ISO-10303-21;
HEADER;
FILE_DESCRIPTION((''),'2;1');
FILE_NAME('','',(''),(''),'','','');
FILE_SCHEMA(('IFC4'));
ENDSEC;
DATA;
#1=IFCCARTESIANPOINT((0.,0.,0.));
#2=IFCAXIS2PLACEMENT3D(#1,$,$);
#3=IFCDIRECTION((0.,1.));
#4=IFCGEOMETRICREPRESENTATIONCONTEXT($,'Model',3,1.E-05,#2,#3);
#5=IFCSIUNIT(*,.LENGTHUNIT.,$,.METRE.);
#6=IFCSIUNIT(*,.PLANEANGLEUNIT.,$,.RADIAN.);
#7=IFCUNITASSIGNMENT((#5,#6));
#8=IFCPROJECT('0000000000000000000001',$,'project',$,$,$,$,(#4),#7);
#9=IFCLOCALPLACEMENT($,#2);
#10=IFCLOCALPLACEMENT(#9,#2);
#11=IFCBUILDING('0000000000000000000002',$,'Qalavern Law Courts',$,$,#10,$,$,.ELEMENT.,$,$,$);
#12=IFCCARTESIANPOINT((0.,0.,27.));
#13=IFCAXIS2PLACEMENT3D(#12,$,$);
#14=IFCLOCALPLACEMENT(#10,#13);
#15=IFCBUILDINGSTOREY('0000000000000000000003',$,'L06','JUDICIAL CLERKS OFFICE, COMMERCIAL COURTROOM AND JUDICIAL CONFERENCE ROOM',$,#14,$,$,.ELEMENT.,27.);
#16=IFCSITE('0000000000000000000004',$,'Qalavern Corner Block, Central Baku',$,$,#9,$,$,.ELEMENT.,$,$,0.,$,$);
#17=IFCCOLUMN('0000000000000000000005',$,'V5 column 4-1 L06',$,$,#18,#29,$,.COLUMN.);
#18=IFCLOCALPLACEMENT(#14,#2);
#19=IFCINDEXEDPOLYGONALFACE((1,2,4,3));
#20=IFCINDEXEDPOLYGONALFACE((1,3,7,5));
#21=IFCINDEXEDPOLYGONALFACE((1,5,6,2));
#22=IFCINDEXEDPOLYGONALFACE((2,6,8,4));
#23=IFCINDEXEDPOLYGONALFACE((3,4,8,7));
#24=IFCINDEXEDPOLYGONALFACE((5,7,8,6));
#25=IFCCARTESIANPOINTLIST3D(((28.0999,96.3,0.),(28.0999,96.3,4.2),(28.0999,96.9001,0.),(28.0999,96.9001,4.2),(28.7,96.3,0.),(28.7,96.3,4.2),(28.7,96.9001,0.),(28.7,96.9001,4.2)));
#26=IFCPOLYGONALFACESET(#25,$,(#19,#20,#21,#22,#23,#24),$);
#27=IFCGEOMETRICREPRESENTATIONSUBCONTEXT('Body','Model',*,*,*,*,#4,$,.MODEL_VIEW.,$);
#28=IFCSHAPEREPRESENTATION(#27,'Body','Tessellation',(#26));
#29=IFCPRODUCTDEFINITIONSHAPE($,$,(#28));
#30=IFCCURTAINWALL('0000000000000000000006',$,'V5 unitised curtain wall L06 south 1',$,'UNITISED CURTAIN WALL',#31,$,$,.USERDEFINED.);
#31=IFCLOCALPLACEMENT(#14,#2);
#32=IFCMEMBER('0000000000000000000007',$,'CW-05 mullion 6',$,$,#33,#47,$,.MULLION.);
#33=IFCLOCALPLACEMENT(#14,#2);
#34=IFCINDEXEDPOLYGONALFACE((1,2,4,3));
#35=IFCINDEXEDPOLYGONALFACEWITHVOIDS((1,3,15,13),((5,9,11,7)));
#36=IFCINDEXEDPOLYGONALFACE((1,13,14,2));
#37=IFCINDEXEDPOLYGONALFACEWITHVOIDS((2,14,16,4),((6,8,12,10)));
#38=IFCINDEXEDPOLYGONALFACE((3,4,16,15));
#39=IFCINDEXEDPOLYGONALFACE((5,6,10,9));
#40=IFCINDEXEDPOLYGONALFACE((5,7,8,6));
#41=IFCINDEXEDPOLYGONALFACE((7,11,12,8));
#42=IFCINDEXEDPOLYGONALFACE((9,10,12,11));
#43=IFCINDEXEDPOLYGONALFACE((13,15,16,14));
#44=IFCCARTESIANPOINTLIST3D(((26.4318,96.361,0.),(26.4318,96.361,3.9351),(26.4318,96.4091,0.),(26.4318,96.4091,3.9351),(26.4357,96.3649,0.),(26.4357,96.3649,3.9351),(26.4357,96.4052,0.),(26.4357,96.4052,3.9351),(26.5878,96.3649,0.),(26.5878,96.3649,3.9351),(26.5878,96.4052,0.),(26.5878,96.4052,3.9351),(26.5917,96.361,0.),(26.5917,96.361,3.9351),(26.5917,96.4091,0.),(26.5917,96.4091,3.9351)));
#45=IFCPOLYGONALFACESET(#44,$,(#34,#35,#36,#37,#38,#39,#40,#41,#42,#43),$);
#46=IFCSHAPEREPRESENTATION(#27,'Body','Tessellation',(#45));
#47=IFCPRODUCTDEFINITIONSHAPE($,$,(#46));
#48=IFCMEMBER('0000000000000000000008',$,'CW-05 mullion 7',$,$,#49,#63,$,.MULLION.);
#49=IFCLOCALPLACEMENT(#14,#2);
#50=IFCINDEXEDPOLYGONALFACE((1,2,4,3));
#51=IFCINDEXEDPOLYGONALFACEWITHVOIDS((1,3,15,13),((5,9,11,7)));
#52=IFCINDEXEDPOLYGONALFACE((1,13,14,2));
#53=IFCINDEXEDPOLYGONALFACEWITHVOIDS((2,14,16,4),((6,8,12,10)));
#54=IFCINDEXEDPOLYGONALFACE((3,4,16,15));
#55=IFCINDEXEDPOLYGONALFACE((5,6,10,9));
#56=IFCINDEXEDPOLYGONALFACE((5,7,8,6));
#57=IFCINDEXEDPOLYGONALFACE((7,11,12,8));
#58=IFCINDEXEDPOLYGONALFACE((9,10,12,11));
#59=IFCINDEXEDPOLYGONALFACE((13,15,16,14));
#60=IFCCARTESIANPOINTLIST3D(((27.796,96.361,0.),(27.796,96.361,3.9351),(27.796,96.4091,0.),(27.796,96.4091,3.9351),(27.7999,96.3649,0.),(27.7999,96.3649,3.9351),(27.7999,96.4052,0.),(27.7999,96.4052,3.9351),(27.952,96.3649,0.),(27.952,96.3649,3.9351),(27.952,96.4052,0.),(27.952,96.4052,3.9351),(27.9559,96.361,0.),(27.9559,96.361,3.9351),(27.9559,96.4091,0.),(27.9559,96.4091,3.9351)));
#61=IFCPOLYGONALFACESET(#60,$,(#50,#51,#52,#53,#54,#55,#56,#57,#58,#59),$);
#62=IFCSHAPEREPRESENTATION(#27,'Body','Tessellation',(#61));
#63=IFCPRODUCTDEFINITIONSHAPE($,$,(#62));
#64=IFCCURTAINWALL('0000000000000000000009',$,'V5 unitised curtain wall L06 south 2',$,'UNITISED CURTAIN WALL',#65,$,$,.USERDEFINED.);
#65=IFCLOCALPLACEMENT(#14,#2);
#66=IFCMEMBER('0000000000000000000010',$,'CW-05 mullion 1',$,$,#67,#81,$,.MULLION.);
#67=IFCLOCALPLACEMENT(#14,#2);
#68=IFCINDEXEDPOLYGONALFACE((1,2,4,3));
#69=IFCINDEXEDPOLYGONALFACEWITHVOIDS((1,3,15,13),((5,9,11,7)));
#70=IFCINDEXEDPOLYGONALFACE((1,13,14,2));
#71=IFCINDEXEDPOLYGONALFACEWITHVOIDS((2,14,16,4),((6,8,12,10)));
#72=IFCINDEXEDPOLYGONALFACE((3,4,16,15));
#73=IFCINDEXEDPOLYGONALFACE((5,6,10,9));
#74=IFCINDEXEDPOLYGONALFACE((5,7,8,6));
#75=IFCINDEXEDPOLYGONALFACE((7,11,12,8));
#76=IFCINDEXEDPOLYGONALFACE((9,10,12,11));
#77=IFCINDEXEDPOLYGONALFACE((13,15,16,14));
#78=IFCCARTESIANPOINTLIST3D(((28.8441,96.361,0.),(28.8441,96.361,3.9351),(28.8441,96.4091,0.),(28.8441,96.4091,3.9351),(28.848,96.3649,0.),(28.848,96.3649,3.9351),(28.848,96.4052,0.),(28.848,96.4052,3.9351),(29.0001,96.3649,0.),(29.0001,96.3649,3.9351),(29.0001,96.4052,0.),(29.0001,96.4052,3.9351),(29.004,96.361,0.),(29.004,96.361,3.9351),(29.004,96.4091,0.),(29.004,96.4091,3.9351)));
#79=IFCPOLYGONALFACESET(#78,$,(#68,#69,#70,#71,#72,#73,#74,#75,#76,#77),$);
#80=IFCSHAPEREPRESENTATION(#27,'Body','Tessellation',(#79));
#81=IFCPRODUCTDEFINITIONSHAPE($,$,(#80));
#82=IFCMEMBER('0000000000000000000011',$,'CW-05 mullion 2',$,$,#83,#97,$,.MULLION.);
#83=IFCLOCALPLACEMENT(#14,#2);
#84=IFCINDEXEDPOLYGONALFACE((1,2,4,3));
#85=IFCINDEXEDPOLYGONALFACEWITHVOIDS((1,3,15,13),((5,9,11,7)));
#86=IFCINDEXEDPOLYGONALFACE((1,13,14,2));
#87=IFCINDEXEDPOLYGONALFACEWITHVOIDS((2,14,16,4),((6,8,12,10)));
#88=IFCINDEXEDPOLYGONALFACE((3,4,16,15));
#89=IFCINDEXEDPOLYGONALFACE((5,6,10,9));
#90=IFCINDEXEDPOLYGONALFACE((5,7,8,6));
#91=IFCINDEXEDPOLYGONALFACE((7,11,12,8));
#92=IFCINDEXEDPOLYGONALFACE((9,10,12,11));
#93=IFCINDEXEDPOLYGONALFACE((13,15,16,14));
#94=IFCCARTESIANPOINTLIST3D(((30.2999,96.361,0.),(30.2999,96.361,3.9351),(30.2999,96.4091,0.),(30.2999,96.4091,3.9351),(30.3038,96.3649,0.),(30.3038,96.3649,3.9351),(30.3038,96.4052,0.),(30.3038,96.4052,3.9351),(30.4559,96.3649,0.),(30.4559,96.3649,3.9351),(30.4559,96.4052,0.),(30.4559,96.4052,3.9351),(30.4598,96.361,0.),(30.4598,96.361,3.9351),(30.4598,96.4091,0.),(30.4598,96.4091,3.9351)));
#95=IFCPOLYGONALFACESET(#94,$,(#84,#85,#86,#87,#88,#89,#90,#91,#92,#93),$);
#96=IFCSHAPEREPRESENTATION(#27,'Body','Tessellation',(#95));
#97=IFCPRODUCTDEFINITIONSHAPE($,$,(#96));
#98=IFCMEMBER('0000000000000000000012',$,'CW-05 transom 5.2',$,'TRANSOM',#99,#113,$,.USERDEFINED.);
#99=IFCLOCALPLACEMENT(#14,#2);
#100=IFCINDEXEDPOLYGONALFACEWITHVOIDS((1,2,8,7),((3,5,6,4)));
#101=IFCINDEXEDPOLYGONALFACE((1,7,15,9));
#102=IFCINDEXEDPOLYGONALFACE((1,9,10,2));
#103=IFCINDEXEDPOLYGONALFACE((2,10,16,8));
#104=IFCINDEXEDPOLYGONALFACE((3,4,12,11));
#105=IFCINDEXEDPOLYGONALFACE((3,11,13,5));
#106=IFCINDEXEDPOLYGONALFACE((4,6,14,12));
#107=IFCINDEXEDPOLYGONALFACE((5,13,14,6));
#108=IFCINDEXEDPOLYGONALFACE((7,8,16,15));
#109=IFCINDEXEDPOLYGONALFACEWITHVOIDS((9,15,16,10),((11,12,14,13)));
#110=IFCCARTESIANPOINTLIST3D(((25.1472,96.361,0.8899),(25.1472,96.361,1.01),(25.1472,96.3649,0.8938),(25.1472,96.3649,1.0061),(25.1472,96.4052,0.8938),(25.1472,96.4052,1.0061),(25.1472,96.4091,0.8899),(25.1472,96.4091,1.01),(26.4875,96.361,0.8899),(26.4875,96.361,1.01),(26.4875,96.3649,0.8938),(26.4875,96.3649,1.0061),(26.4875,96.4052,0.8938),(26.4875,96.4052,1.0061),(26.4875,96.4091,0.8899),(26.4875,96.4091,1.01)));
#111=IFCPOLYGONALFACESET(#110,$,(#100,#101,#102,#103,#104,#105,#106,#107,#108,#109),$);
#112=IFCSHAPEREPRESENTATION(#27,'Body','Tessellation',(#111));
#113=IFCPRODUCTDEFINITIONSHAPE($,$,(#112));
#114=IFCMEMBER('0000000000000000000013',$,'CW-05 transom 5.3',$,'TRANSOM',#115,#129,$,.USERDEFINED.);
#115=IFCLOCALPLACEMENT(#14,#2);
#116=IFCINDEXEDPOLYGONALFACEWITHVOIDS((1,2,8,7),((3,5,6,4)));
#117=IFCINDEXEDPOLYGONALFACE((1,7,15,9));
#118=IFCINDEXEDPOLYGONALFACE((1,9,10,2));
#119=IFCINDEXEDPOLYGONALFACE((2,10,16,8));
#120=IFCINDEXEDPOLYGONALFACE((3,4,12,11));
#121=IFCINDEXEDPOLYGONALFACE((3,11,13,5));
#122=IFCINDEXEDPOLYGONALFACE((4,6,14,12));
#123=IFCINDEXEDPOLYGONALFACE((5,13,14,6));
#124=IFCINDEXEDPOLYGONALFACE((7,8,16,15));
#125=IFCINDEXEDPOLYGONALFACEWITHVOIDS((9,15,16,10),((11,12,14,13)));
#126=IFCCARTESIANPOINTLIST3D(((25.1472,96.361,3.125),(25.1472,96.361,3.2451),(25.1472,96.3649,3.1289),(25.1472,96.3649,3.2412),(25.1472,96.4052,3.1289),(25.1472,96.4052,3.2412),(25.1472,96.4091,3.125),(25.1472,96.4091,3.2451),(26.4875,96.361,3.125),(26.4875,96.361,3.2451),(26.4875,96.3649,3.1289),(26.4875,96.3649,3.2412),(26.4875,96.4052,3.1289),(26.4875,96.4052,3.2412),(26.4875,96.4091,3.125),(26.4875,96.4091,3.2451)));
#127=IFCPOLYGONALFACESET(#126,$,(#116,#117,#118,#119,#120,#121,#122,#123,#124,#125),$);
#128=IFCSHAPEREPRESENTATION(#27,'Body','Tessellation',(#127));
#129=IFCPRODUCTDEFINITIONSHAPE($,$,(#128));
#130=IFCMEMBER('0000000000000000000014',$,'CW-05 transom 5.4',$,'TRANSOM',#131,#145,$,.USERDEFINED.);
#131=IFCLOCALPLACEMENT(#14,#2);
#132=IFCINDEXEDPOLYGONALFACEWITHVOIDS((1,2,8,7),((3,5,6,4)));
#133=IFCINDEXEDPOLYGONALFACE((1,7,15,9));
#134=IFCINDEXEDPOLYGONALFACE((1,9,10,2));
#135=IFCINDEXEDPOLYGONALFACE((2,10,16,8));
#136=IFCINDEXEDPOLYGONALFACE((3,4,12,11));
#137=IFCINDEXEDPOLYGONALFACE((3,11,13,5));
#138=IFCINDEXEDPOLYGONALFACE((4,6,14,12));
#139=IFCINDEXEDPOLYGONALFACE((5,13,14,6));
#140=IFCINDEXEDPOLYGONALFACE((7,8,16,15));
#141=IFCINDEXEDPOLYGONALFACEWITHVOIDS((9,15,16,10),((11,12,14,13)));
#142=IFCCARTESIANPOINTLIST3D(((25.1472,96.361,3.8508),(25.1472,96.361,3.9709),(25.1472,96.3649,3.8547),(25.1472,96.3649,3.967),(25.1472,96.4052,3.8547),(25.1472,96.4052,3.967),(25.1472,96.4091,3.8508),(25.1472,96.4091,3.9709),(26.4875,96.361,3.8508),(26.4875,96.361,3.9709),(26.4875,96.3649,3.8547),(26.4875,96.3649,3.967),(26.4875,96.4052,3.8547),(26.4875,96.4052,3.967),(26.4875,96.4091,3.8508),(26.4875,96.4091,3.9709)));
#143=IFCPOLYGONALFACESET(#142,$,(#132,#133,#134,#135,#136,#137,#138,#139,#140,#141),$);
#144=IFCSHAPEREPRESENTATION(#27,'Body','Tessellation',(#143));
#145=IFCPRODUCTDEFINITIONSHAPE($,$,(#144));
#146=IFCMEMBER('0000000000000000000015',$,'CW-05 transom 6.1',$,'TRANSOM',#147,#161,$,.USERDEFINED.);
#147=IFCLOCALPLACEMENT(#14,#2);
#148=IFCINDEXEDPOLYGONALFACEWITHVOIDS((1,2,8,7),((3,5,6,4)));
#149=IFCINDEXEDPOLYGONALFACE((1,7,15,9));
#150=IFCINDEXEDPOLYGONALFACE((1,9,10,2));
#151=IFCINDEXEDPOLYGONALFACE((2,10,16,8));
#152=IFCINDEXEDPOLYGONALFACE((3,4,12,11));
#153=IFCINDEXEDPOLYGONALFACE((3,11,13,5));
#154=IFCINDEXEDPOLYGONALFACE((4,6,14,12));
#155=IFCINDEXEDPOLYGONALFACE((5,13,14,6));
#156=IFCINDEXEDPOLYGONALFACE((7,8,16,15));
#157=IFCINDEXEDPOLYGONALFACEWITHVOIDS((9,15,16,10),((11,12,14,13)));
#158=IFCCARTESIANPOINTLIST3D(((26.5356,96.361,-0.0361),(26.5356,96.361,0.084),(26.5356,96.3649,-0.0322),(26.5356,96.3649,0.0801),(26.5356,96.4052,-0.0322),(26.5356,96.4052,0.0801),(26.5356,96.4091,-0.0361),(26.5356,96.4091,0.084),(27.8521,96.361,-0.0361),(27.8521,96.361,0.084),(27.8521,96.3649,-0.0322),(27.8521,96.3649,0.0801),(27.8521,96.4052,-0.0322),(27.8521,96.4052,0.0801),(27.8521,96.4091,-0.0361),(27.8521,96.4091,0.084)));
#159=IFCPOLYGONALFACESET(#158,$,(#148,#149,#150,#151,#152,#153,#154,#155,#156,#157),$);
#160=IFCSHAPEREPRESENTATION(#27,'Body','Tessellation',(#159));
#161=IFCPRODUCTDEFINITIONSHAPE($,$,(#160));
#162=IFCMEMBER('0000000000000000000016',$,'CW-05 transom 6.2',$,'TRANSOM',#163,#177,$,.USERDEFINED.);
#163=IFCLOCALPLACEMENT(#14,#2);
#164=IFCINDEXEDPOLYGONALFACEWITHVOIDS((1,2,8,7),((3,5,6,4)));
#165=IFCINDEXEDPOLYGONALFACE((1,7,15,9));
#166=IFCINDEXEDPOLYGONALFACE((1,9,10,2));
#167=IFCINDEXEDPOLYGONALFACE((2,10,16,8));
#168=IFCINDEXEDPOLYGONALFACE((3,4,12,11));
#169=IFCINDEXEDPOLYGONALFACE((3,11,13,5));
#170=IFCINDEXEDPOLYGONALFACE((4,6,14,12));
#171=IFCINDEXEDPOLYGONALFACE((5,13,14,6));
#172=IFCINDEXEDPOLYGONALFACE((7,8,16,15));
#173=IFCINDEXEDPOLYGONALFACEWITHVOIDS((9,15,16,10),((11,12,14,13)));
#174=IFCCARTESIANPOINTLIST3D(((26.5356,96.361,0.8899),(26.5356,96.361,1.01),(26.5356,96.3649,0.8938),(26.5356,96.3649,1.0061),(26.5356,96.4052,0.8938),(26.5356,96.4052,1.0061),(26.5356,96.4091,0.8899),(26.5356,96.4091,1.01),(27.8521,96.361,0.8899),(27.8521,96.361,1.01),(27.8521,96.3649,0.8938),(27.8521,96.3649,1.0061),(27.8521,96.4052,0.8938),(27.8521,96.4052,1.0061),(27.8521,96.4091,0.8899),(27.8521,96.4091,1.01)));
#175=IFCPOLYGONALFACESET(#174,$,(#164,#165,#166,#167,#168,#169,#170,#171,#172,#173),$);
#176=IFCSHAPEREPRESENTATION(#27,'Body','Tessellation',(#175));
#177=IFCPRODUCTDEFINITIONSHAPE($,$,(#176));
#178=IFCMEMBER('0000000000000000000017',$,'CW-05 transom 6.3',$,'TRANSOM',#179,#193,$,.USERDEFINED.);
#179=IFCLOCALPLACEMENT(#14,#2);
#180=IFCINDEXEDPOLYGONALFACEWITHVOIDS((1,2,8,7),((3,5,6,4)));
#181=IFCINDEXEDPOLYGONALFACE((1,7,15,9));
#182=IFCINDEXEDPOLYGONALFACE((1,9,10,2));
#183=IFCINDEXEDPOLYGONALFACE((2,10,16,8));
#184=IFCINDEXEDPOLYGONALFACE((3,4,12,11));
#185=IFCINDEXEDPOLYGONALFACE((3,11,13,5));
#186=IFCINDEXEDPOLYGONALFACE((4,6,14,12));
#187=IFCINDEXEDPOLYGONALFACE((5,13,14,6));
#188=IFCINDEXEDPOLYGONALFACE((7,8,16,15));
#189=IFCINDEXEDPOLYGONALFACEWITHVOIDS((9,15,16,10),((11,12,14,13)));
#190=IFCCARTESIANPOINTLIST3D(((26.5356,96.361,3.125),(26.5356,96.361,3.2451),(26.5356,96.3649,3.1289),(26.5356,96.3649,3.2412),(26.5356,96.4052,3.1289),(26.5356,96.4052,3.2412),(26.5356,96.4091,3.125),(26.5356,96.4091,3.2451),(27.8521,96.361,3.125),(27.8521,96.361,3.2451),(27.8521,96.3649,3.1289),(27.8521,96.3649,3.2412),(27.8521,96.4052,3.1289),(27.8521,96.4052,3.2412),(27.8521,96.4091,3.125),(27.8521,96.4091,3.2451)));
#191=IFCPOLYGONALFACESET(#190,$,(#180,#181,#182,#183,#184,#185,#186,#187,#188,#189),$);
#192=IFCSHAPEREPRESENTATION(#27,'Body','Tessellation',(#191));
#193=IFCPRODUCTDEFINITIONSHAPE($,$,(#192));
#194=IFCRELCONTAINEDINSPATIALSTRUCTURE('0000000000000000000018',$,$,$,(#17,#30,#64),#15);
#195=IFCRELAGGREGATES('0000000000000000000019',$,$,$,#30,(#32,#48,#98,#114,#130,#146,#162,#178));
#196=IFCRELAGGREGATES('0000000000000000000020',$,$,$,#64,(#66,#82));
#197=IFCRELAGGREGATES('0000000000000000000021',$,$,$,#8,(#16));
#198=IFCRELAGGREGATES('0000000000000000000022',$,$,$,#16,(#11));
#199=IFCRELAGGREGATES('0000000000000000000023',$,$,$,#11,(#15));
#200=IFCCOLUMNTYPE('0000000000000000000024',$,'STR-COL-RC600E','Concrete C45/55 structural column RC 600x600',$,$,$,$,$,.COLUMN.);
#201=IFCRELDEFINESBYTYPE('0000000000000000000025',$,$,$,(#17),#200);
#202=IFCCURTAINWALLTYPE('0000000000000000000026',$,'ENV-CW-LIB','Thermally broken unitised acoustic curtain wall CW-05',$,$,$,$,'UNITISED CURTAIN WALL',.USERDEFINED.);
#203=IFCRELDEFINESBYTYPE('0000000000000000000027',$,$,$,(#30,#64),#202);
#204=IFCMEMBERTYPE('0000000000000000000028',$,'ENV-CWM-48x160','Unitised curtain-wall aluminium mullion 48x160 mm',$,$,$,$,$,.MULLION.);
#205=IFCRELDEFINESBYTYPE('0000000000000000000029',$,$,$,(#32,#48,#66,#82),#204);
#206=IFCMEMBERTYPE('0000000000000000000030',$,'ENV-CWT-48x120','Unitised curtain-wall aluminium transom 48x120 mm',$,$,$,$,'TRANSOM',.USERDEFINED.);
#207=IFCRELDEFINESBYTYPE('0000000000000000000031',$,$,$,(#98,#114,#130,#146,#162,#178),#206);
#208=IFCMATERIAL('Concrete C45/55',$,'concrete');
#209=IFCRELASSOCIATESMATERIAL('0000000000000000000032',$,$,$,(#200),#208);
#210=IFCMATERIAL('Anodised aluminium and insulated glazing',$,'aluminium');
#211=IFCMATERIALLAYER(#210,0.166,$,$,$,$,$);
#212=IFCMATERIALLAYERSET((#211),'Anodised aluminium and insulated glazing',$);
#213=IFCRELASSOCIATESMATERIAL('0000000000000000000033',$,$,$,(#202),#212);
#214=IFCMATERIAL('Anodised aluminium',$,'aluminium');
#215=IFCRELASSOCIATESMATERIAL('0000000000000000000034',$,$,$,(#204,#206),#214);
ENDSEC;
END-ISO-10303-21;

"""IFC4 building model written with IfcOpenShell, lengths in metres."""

from ifc_helpers import new_model, si_unit, direction, frame, origin, origin_2d, place, context, subcontext, project, spatial, rectangle, hollow_rectangle, extrude, material, layer, layer_set, material_profile, profile_set, type_object, element, aggregate, save


model = new_model("IFC4")

# Units and contexts
model_context = context("Model", 3, precision=1e-05, world=origin(), true_north=direction((0.0, 1.0)))
body_context = subcontext(model_context, "Body", "Model", "MODEL_VIEW")
ifc_project = project(units=[si_unit("LENGTHUNIT", "METRE"), si_unit("PLANEANGLEUNIT", "RADIAN")], contexts=[model_context])

# Site, building, storey
site_placement = place(None, origin())
site = spatial("IfcSite", under=ifc_project, at=site_placement, Name="Qalavern Corner Block, Central Baku", CompositionType="ELEMENT", RefElevation=0.0)
building_placement = place(site_placement, origin())
building = spatial("IfcBuilding", under=site, at=building_placement, Name="Qalavern Law Courts", CompositionType="ELEMENT")
storey_placement = place(building_placement, frame((0.0, 0.0, 27.0)))
storey = spatial("IfcBuildingStorey", under=building, at=storey_placement, Name="L06", Description="JUDICIAL CLERKS OFFICE, COMMERCIAL COURTROOM AND JUDICIAL CONFERENCE ROOM", CompositionType="ELEMENT", Elevation=27.0)

# Column
ifc_material_1 = material(Name="Concrete C45/55", Category="concrete")
ifc_material_profile_1 = material_profile(ifc_material_1, rectangle(XDim=0.6001, YDim=0.6001, at=origin_2d()), Name="RC 600x600")
ifc_profile_set_1 = profile_set([ifc_material_profile_1], Name="Concrete C45/55")
column_type = type_object("IfcColumnType", Name="STR-COL-RC600E", Description="Concrete C45/55 structural column RC 600x600", PredefinedType="COLUMN", material=ifc_profile_set_1)
column_placement = place(storey_placement, frame((28.3999, 96.6001, 0.0), z_axis=(0.0, 0.0, 1.0), x_axis=(1.0, 0.0, 0.0)))
element("IfcColumn", 1, at=column_placement, inside=storey, type_object=column_type, Name="V5 column 4-1 L06", PredefinedType="COLUMN", context=body_context, shape_type="SweptSolid", body=[
    extrude(rectangle(XDim=0.6001, YDim=0.6001, at=origin_2d()), origin(), (0.0, 0.0, 1.0), 4.2),
])

# Curtain walls, members
ifc_material_2 = material(Name="Anodised aluminium and insulated glazing", Category="aluminium")
ifc_layer_1 = layer(ifc_material_2, 0.166)
ifc_layer_set_1 = layer_set([ifc_layer_1], Name="Anodised aluminium and insulated glazing")
curtain_wall_type = type_object("IfcCurtainWallType", Name="ENV-CW-LIB", Description="Thermally broken unitised acoustic curtain wall CW-05", ElementType="UNITISED CURTAIN WALL", PredefinedType="USERDEFINED", material=ifc_layer_set_1)
curtain_wall_1_placement = place(storey_placement, origin())
curtain_wall_1 = element("IfcCurtainWall", 2, at=curtain_wall_1_placement, inside=storey, type_object=curtain_wall_type, Name="V5 unitised curtain wall L06 south 1", ObjectType="UNITISED CURTAIN WALL", PredefinedType="USERDEFINED")
ifc_material_3 = material(Name="Anodised aluminium", Category="aluminium")
ifc_material_profile_2 = material_profile(ifc_material_3, hollow_rectangle(XDim=0.0481, YDim=0.1599, WallThickness=0.0039, at=origin_2d()), Name="ALU MULLION 48x160")
ifc_profile_set_2 = profile_set([ifc_material_profile_2], Name="Anodised aluminium")
member_type_1 = type_object("IfcMemberType", Name="ENV-CWM-48x160", Description="Unitised curtain-wall aluminium mullion 48x160 mm", PredefinedType="MULLION", material=ifc_profile_set_2)
member_1_placement = place(storey_placement, frame((26.5117, 96.385, 0.0), z_axis=(0.0, 0.0, 1.0), x_axis=(0.0, 1.0, 0.0)))
member_1 = element("IfcMember", 3, at=member_1_placement, type_object=member_type_1, Name="CW-05 mullion 6", PredefinedType="MULLION", context=body_context, shape_type="SweptSolid", body=[
    extrude(hollow_rectangle(XDim=0.0481, YDim=0.1599, WallThickness=0.0039, at=origin_2d()), origin(), (0.0, 0.0, 1.0), 3.9351),
])
member_2_placement = place(storey_placement, frame((27.876, 96.385, 0.0), z_axis=(0.0, 0.0, 1.0), x_axis=(0.0, 1.0, 0.0)))
member_2 = element("IfcMember", 4, at=member_2_placement, type_object=member_type_1, Name="CW-05 mullion 7", PredefinedType="MULLION", context=body_context, shape_type="SweptSolid", body=[
    extrude(hollow_rectangle(XDim=0.0481, YDim=0.1599, WallThickness=0.0039, at=origin_2d()), origin(), (0.0, 0.0, 1.0), 3.9351),
])
curtain_wall_2_placement = place(storey_placement, origin())
curtain_wall_2 = element("IfcCurtainWall", 5, at=curtain_wall_2_placement, inside=storey, type_object=curtain_wall_type, Name="V5 unitised curtain wall L06 south 2", ObjectType="UNITISED CURTAIN WALL", PredefinedType="USERDEFINED")
member_3_placement = place(storey_placement, frame((28.9241, 96.385, 0.0), z_axis=(0.0, 0.0, 1.0), x_axis=(0.0, 1.0, 0.0)))
member_3 = element("IfcMember", 6, at=member_3_placement, type_object=member_type_1, Name="CW-05 mullion 1", PredefinedType="MULLION", context=body_context, shape_type="SweptSolid", body=[
    extrude(hollow_rectangle(XDim=0.0481, YDim=0.1599, WallThickness=0.0039, at=origin_2d()), origin(), (0.0, 0.0, 1.0), 3.9351),
])
member_4_placement = place(storey_placement, frame((30.3799, 96.385, 0.0), z_axis=(0.0, 0.0, 1.0), x_axis=(0.0, 1.0, 0.0)))
member_4 = element("IfcMember", 7, at=member_4_placement, type_object=member_type_1, Name="CW-05 mullion 2", PredefinedType="MULLION", context=body_context, shape_type="SweptSolid", body=[
    extrude(hollow_rectangle(XDim=0.0481, YDim=0.1599, WallThickness=0.0039, at=origin_2d()), origin(), (0.0, 0.0, 1.0), 3.9351),
])

# Members
ifc_material_profile_3 = material_profile(ifc_material_3, hollow_rectangle(XDim=0.0481, YDim=0.1201, WallThickness=0.0039, at=origin_2d()), Name="ALU TRANSOM 48x120")
ifc_profile_set_3 = profile_set([ifc_material_profile_3], Name="Anodised aluminium")
member_type_2 = type_object("IfcMemberType", Name="ENV-CWT-48x120", Description="Unitised curtain-wall aluminium transom 48x120 mm", ElementType="TRANSOM", PredefinedType="USERDEFINED", material=ifc_profile_set_3)
member_5_placement = place(storey_placement, frame((25.1472, 96.385, 0.95), z_axis=(1.0, 0.0, 0.0), x_axis=(0.0, 1.0, 0.0)))
member_5 = element("IfcMember", 8, at=member_5_placement, type_object=member_type_2, Name="CW-05 transom 5.2", ObjectType="TRANSOM", PredefinedType="USERDEFINED", context=body_context, shape_type="SweptSolid", body=[
    extrude(hollow_rectangle(XDim=0.0481, YDim=0.1201, WallThickness=0.0039, at=origin_2d()), origin(), (0.0, 0.0, 1.0), 1.3403),
])
member_6_placement = place(storey_placement, frame((25.1472, 96.385, 3.1851), z_axis=(1.0, 0.0, 0.0), x_axis=(0.0, 1.0, 0.0)))
member_6 = element("IfcMember", 9, at=member_6_placement, type_object=member_type_2, Name="CW-05 transom 5.3", ObjectType="TRANSOM", PredefinedType="USERDEFINED", context=body_context, shape_type="SweptSolid", body=[
    extrude(hollow_rectangle(XDim=0.0481, YDim=0.1201, WallThickness=0.0039, at=origin_2d()), origin(), (0.0, 0.0, 1.0), 1.3403),
])
member_7_placement = place(storey_placement, frame((25.1472, 96.385, 3.9109), z_axis=(1.0, 0.0, 0.0), x_axis=(0.0, 1.0, 0.0)))
member_7 = element("IfcMember", 10, at=member_7_placement, type_object=member_type_2, Name="CW-05 transom 5.4", ObjectType="TRANSOM", PredefinedType="USERDEFINED", context=body_context, shape_type="SweptSolid", body=[
    extrude(hollow_rectangle(XDim=0.0481, YDim=0.1201, WallThickness=0.0039, at=origin_2d()), origin(), (0.0, 0.0, 1.0), 1.3403),
])
member_8_placement = place(storey_placement, frame((26.5356, 96.385, 0.0239), z_axis=(1.0, 0.0, 0.0), x_axis=(0.0, 1.0, 0.0)))
member_8 = element("IfcMember", 11, at=member_8_placement, type_object=member_type_2, Name="CW-05 transom 6.1", ObjectType="TRANSOM", PredefinedType="USERDEFINED", context=body_context, shape_type="SweptSolid", body=[
    extrude(hollow_rectangle(XDim=0.0481, YDim=0.1201, WallThickness=0.0039, at=origin_2d()), origin(), (0.0, 0.0, 1.0), 1.3164),
])
member_9_placement = place(storey_placement, frame((26.5356, 96.385, 0.95), z_axis=(1.0, 0.0, 0.0), x_axis=(0.0, 1.0, 0.0)))
member_9 = element("IfcMember", 12, at=member_9_placement, type_object=member_type_2, Name="CW-05 transom 6.2", ObjectType="TRANSOM", PredefinedType="USERDEFINED", context=body_context, shape_type="SweptSolid", body=[
    extrude(hollow_rectangle(XDim=0.0481, YDim=0.1201, WallThickness=0.0039, at=origin_2d()), origin(), (0.0, 0.0, 1.0), 1.3164),
])
member_10_placement = place(storey_placement, frame((26.5356, 96.385, 3.1851), z_axis=(1.0, 0.0, 0.0), x_axis=(0.0, 1.0, 0.0)))
member_10 = element("IfcMember", 13, at=member_10_placement, type_object=member_type_2, Name="CW-05 transom 6.3", ObjectType="TRANSOM", PredefinedType="USERDEFINED", context=body_context, shape_type="SweptSolid", body=[
    extrude(hollow_rectangle(XDim=0.0481, YDim=0.1201, WallThickness=0.0039, at=origin_2d()), origin(), (0.0, 0.0, 1.0), 1.3164),
])

aggregate(curtain_wall_1, [member_1, member_2, member_5, member_6, member_7, member_8, member_9, member_10])

aggregate(curtain_wall_2, [member_3, member_4])

save(model, "model.ifc")
